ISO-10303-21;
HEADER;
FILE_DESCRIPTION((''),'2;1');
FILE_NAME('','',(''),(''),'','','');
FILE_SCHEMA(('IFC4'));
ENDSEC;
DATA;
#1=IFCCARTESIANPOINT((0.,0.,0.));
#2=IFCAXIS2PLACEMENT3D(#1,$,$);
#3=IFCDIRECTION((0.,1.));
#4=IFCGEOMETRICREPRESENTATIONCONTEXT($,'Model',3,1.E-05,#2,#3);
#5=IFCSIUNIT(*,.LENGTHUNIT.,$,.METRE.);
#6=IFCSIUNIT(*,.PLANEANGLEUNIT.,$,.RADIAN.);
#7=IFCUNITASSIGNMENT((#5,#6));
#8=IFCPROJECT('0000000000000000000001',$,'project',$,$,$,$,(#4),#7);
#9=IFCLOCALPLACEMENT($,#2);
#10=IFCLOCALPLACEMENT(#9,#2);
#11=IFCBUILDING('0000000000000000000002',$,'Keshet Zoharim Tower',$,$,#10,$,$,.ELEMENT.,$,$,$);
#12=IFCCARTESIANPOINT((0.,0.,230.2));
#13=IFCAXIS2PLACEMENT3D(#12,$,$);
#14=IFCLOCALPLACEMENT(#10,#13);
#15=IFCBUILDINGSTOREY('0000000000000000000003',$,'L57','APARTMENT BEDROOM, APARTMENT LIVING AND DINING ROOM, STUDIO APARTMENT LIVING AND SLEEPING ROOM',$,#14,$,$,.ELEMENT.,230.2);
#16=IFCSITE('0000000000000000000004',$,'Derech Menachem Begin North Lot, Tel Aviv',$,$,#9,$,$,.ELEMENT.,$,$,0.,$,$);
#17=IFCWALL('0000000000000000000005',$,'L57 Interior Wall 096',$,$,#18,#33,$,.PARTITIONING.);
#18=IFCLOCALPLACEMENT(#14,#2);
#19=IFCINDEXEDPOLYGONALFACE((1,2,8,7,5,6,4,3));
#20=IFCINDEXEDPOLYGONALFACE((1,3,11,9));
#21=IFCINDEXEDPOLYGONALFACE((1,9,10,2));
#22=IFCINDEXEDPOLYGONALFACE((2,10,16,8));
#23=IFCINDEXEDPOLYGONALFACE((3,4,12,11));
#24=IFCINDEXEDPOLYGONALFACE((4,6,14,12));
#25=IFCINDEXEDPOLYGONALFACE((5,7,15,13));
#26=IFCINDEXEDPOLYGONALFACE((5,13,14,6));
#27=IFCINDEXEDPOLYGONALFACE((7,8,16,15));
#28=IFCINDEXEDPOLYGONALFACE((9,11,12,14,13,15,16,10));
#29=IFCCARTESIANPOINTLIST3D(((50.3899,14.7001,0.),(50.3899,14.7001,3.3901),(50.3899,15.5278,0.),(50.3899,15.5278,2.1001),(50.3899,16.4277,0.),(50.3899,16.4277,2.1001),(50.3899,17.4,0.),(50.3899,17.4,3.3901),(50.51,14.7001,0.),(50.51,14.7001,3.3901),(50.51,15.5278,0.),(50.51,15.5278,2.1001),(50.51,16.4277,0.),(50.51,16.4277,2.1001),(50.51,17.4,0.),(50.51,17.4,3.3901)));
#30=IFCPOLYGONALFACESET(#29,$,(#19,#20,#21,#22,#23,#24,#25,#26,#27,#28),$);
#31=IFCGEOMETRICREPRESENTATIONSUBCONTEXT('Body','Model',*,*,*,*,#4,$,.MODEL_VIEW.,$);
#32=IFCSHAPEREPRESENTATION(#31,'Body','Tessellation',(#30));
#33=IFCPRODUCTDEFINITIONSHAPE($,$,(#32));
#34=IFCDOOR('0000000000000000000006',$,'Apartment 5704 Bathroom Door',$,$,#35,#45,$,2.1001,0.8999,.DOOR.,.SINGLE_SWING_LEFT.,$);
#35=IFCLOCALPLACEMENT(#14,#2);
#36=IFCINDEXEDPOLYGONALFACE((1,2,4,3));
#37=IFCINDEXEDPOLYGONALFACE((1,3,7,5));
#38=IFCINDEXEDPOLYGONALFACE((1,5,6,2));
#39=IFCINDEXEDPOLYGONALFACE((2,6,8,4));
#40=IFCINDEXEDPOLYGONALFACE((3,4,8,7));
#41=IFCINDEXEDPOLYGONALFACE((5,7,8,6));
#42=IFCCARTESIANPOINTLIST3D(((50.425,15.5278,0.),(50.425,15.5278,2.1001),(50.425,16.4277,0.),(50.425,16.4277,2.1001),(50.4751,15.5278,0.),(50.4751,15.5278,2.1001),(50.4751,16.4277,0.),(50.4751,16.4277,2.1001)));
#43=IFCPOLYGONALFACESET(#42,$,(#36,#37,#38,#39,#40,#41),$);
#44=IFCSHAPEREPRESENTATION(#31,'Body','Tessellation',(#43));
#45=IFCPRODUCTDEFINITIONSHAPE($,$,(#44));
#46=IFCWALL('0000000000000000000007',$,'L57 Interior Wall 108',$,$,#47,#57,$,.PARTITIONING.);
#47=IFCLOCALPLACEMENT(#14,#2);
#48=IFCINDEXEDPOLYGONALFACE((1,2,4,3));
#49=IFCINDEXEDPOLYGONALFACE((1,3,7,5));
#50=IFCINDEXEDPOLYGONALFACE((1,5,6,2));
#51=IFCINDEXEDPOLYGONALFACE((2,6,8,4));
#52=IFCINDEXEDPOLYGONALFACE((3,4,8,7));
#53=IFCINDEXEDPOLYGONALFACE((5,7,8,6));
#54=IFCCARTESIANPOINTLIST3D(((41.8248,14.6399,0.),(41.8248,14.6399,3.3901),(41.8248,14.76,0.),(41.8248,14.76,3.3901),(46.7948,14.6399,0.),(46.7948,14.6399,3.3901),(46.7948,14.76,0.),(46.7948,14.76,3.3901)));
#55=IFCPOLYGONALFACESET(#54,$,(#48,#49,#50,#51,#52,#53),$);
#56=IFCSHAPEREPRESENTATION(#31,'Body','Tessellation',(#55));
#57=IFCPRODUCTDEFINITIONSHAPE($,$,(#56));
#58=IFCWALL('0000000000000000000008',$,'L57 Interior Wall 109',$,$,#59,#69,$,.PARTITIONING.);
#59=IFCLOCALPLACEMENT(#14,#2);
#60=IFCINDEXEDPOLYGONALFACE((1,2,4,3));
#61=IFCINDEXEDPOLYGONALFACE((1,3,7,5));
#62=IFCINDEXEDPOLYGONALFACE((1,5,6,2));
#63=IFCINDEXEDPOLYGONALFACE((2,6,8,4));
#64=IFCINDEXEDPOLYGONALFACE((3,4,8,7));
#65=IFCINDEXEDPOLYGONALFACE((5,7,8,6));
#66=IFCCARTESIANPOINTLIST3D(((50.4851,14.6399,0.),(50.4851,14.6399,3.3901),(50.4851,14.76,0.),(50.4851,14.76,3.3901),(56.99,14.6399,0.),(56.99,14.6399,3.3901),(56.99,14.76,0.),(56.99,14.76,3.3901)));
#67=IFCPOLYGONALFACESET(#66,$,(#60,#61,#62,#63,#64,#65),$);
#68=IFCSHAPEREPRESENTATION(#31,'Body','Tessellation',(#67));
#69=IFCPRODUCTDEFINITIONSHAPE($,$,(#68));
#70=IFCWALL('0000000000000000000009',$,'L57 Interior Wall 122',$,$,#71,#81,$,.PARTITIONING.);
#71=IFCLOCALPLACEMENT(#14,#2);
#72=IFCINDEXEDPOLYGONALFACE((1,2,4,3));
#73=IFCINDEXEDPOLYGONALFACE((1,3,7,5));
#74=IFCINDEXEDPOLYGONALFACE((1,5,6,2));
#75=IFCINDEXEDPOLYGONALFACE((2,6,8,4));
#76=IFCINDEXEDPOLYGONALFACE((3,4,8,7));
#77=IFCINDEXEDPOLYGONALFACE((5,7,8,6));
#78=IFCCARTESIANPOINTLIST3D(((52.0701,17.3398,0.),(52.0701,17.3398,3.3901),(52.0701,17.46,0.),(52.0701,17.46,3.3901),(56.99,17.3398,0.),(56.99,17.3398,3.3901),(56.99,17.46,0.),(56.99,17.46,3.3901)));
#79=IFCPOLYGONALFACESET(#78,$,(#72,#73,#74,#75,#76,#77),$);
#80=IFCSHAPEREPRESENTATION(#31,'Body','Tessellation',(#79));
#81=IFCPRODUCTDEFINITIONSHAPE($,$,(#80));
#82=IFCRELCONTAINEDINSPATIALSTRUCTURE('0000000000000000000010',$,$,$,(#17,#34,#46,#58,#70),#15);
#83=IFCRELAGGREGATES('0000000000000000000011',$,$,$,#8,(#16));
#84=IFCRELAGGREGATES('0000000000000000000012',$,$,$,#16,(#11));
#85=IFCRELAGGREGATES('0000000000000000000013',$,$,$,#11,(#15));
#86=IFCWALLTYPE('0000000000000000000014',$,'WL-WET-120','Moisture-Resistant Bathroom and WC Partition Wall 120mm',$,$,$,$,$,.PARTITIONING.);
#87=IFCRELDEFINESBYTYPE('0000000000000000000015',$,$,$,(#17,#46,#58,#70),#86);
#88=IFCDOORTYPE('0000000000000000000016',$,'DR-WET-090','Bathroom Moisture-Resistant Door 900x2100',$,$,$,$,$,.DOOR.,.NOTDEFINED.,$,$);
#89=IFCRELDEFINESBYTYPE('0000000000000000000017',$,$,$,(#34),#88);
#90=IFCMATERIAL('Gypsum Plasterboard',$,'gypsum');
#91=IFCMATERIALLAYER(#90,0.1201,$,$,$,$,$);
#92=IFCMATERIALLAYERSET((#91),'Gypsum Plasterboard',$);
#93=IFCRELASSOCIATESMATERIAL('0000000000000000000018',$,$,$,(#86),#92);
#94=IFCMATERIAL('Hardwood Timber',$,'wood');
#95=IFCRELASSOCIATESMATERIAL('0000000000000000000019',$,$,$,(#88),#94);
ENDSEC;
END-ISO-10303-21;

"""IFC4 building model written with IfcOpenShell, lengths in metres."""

from ifc_helpers import new_model, si_unit, direction, frame, frame_2d, origin, place, context, subcontext, project, spatial, rectangle, extrude, material, layer, layer_set, type_object, element, fill, save


model = new_model("IFC4")

# Units and contexts
model_context = context("Model", 3, precision=1e-05, world=origin(), true_north=direction((0.0, 1.0)))
body_context = subcontext(model_context, "Body", "Model", "MODEL_VIEW")
ifc_project = project(units=[si_unit("LENGTHUNIT", "METRE"), si_unit("PLANEANGLEUNIT", "RADIAN")], contexts=[model_context])

# Site, building, storey
site_placement = place(None, origin())
site = spatial("IfcSite", under=ifc_project, at=site_placement, Name="Derech Menachem Begin North Lot, Tel Aviv", CompositionType="ELEMENT", RefElevation=0.0)
building_placement = place(site_placement, origin())
building = spatial("IfcBuilding", under=site, at=building_placement, Name="Keshet Zoharim Tower", CompositionType="ELEMENT")
storey_placement = place(building_placement, frame((0.0, 0.0, 230.2)))
storey = spatial("IfcBuildingStorey", under=building, at=storey_placement, Name="L57", Description="APARTMENT BEDROOM, APARTMENT LIVING AND DINING ROOM, STUDIO APARTMENT LIVING AND SLEEPING ROOM", CompositionType="ELEMENT", Elevation=230.2)

# Shared definitions
ifc_material_1 = material(Name="Gypsum Plasterboard", Category="gypsum")

# Shared definitions
ifc_material_2 = material(Name="Hardwood Timber", Category="wood")

# Shared definitions
ifc_layer_1 = layer(ifc_material_1, 0.1201)
ifc_layer_set_1 = layer_set([ifc_layer_1], Name="Gypsum Plasterboard")
wall_type_1 = type_object("IfcWallType", Name="WL-WET-120", Description="Moisture-Resistant Bathroom and WC Partition Wall 120mm", PredefinedType="PARTITIONING", material=ifc_layer_set_1)

# Wall, opening, door
wall_1_placement = place(storey_placement, frame((50.45, 14.7, 0.0), z_axis=(0.0, 0.0, 1.0), x_axis=(0.0, 1.0, 0.0)))
wall_1 = element("IfcWall", 1, at=wall_1_placement, inside=storey, type_object=wall_type_1, Name="L57 Interior Wall 096", PredefinedType="PARTITIONING", context=body_context, shape_type="SweptSolid", body=[
    extrude(rectangle(XDim=2.7, YDim=0.1201, at=frame_2d((1.3501, 0.0))), origin(), (0.0, 0.0, 1.0), 3.3901),
])
opening_1_placement = place(wall_1_placement, frame((0.8279, 0.0, 0.0)))
opening_1 = element("IfcOpeningElement", 2, at=opening_1_placement, cuts=wall_1, PredefinedType="OPENING", context=body_context, shape_type="SweptSolid", body=[
    extrude(rectangle(XDim=0.8999, YDim=2.1001, at=frame_2d((0.45, 1.05))), frame((0.0, 0.0701, 0.0), z_axis=(0.0, -1.0, 0.0), x_axis=(1.0, 0.0, 0.0)), (0.0, 0.0, 1.0), 0.1401),
])
door_type_1 = type_object("IfcDoorType", Name="DR-WET-090", Description="Bathroom Moisture-Resistant Door 900x2100", OperationType="NOTDEFINED", PredefinedType="DOOR", material=ifc_material_2)
door_1_placement = place(opening_1_placement, origin())
door_1 = element("IfcDoor", 3, at=door_1_placement, inside=storey, type_object=door_type_1, Name="Apartment 5704 Bathroom Door", OperationType="SINGLE_SWING_LEFT", OverallHeight=2.1001, OverallWidth=0.8999, PredefinedType="DOOR", context=body_context, shape_type="SweptSolid", body=[
    extrude(rectangle(XDim=0.8999, YDim=2.1001, at=frame_2d((0.45, 1.05))), frame((0.0, 0.0249, 0.0), z_axis=(0.0, -1.0, 0.0), x_axis=(1.0, 0.0, 0.0)), (0.0, 0.0, 1.0), 0.05),
])
fill(opening_1, door_1)

# Walls
wall_2_placement = place(storey_placement, frame((41.825, 14.7, 0.0), z_axis=(0.0, 0.0, 1.0), x_axis=(1.0, 0.0, 0.0)))
element("IfcWall", 4, at=wall_2_placement, inside=storey, type_object=wall_type_1, Name="L57 Interior Wall 108", PredefinedType="PARTITIONING", context=body_context, shape_type="SweptSolid", body=[
    extrude(rectangle(XDim=4.97, YDim=0.1201, at=frame_2d((2.4849, 0.0))), origin(), (0.0, 0.0, 1.0), 3.3901),
])
wall_3_placement = place(storey_placement, frame((50.4851, 14.7, 0.0), z_axis=(0.0, 0.0, 1.0), x_axis=(1.0, 0.0, 0.0)))
element("IfcWall", 5, at=wall_3_placement, inside=storey, type_object=wall_type_1, Name="L57 Interior Wall 109", PredefinedType="PARTITIONING", context=body_context, shape_type="SweptSolid", body=[
    extrude(rectangle(XDim=6.5049, YDim=0.1201, at=frame_2d((3.2524, 0.0))), origin(), (0.0, 0.0, 1.0), 3.3901),
])
wall_4_placement = place(storey_placement, frame((52.0701, 17.3999, 0.0), z_axis=(0.0, 0.0, 1.0), x_axis=(1.0, 0.0, 0.0)))
element("IfcWall", 6, at=wall_4_placement, inside=storey, type_object=wall_type_1, Name="L57 Interior Wall 122", PredefinedType="PARTITIONING", context=body_context, shape_type="SweptSolid", body=[
    extrude(rectangle(XDim=4.9199, YDim=0.1201, at=frame_2d((2.46, 0.0))), origin(), (0.0, 0.0, 1.0), 3.3901),
])

save(model, "model.ifc")
